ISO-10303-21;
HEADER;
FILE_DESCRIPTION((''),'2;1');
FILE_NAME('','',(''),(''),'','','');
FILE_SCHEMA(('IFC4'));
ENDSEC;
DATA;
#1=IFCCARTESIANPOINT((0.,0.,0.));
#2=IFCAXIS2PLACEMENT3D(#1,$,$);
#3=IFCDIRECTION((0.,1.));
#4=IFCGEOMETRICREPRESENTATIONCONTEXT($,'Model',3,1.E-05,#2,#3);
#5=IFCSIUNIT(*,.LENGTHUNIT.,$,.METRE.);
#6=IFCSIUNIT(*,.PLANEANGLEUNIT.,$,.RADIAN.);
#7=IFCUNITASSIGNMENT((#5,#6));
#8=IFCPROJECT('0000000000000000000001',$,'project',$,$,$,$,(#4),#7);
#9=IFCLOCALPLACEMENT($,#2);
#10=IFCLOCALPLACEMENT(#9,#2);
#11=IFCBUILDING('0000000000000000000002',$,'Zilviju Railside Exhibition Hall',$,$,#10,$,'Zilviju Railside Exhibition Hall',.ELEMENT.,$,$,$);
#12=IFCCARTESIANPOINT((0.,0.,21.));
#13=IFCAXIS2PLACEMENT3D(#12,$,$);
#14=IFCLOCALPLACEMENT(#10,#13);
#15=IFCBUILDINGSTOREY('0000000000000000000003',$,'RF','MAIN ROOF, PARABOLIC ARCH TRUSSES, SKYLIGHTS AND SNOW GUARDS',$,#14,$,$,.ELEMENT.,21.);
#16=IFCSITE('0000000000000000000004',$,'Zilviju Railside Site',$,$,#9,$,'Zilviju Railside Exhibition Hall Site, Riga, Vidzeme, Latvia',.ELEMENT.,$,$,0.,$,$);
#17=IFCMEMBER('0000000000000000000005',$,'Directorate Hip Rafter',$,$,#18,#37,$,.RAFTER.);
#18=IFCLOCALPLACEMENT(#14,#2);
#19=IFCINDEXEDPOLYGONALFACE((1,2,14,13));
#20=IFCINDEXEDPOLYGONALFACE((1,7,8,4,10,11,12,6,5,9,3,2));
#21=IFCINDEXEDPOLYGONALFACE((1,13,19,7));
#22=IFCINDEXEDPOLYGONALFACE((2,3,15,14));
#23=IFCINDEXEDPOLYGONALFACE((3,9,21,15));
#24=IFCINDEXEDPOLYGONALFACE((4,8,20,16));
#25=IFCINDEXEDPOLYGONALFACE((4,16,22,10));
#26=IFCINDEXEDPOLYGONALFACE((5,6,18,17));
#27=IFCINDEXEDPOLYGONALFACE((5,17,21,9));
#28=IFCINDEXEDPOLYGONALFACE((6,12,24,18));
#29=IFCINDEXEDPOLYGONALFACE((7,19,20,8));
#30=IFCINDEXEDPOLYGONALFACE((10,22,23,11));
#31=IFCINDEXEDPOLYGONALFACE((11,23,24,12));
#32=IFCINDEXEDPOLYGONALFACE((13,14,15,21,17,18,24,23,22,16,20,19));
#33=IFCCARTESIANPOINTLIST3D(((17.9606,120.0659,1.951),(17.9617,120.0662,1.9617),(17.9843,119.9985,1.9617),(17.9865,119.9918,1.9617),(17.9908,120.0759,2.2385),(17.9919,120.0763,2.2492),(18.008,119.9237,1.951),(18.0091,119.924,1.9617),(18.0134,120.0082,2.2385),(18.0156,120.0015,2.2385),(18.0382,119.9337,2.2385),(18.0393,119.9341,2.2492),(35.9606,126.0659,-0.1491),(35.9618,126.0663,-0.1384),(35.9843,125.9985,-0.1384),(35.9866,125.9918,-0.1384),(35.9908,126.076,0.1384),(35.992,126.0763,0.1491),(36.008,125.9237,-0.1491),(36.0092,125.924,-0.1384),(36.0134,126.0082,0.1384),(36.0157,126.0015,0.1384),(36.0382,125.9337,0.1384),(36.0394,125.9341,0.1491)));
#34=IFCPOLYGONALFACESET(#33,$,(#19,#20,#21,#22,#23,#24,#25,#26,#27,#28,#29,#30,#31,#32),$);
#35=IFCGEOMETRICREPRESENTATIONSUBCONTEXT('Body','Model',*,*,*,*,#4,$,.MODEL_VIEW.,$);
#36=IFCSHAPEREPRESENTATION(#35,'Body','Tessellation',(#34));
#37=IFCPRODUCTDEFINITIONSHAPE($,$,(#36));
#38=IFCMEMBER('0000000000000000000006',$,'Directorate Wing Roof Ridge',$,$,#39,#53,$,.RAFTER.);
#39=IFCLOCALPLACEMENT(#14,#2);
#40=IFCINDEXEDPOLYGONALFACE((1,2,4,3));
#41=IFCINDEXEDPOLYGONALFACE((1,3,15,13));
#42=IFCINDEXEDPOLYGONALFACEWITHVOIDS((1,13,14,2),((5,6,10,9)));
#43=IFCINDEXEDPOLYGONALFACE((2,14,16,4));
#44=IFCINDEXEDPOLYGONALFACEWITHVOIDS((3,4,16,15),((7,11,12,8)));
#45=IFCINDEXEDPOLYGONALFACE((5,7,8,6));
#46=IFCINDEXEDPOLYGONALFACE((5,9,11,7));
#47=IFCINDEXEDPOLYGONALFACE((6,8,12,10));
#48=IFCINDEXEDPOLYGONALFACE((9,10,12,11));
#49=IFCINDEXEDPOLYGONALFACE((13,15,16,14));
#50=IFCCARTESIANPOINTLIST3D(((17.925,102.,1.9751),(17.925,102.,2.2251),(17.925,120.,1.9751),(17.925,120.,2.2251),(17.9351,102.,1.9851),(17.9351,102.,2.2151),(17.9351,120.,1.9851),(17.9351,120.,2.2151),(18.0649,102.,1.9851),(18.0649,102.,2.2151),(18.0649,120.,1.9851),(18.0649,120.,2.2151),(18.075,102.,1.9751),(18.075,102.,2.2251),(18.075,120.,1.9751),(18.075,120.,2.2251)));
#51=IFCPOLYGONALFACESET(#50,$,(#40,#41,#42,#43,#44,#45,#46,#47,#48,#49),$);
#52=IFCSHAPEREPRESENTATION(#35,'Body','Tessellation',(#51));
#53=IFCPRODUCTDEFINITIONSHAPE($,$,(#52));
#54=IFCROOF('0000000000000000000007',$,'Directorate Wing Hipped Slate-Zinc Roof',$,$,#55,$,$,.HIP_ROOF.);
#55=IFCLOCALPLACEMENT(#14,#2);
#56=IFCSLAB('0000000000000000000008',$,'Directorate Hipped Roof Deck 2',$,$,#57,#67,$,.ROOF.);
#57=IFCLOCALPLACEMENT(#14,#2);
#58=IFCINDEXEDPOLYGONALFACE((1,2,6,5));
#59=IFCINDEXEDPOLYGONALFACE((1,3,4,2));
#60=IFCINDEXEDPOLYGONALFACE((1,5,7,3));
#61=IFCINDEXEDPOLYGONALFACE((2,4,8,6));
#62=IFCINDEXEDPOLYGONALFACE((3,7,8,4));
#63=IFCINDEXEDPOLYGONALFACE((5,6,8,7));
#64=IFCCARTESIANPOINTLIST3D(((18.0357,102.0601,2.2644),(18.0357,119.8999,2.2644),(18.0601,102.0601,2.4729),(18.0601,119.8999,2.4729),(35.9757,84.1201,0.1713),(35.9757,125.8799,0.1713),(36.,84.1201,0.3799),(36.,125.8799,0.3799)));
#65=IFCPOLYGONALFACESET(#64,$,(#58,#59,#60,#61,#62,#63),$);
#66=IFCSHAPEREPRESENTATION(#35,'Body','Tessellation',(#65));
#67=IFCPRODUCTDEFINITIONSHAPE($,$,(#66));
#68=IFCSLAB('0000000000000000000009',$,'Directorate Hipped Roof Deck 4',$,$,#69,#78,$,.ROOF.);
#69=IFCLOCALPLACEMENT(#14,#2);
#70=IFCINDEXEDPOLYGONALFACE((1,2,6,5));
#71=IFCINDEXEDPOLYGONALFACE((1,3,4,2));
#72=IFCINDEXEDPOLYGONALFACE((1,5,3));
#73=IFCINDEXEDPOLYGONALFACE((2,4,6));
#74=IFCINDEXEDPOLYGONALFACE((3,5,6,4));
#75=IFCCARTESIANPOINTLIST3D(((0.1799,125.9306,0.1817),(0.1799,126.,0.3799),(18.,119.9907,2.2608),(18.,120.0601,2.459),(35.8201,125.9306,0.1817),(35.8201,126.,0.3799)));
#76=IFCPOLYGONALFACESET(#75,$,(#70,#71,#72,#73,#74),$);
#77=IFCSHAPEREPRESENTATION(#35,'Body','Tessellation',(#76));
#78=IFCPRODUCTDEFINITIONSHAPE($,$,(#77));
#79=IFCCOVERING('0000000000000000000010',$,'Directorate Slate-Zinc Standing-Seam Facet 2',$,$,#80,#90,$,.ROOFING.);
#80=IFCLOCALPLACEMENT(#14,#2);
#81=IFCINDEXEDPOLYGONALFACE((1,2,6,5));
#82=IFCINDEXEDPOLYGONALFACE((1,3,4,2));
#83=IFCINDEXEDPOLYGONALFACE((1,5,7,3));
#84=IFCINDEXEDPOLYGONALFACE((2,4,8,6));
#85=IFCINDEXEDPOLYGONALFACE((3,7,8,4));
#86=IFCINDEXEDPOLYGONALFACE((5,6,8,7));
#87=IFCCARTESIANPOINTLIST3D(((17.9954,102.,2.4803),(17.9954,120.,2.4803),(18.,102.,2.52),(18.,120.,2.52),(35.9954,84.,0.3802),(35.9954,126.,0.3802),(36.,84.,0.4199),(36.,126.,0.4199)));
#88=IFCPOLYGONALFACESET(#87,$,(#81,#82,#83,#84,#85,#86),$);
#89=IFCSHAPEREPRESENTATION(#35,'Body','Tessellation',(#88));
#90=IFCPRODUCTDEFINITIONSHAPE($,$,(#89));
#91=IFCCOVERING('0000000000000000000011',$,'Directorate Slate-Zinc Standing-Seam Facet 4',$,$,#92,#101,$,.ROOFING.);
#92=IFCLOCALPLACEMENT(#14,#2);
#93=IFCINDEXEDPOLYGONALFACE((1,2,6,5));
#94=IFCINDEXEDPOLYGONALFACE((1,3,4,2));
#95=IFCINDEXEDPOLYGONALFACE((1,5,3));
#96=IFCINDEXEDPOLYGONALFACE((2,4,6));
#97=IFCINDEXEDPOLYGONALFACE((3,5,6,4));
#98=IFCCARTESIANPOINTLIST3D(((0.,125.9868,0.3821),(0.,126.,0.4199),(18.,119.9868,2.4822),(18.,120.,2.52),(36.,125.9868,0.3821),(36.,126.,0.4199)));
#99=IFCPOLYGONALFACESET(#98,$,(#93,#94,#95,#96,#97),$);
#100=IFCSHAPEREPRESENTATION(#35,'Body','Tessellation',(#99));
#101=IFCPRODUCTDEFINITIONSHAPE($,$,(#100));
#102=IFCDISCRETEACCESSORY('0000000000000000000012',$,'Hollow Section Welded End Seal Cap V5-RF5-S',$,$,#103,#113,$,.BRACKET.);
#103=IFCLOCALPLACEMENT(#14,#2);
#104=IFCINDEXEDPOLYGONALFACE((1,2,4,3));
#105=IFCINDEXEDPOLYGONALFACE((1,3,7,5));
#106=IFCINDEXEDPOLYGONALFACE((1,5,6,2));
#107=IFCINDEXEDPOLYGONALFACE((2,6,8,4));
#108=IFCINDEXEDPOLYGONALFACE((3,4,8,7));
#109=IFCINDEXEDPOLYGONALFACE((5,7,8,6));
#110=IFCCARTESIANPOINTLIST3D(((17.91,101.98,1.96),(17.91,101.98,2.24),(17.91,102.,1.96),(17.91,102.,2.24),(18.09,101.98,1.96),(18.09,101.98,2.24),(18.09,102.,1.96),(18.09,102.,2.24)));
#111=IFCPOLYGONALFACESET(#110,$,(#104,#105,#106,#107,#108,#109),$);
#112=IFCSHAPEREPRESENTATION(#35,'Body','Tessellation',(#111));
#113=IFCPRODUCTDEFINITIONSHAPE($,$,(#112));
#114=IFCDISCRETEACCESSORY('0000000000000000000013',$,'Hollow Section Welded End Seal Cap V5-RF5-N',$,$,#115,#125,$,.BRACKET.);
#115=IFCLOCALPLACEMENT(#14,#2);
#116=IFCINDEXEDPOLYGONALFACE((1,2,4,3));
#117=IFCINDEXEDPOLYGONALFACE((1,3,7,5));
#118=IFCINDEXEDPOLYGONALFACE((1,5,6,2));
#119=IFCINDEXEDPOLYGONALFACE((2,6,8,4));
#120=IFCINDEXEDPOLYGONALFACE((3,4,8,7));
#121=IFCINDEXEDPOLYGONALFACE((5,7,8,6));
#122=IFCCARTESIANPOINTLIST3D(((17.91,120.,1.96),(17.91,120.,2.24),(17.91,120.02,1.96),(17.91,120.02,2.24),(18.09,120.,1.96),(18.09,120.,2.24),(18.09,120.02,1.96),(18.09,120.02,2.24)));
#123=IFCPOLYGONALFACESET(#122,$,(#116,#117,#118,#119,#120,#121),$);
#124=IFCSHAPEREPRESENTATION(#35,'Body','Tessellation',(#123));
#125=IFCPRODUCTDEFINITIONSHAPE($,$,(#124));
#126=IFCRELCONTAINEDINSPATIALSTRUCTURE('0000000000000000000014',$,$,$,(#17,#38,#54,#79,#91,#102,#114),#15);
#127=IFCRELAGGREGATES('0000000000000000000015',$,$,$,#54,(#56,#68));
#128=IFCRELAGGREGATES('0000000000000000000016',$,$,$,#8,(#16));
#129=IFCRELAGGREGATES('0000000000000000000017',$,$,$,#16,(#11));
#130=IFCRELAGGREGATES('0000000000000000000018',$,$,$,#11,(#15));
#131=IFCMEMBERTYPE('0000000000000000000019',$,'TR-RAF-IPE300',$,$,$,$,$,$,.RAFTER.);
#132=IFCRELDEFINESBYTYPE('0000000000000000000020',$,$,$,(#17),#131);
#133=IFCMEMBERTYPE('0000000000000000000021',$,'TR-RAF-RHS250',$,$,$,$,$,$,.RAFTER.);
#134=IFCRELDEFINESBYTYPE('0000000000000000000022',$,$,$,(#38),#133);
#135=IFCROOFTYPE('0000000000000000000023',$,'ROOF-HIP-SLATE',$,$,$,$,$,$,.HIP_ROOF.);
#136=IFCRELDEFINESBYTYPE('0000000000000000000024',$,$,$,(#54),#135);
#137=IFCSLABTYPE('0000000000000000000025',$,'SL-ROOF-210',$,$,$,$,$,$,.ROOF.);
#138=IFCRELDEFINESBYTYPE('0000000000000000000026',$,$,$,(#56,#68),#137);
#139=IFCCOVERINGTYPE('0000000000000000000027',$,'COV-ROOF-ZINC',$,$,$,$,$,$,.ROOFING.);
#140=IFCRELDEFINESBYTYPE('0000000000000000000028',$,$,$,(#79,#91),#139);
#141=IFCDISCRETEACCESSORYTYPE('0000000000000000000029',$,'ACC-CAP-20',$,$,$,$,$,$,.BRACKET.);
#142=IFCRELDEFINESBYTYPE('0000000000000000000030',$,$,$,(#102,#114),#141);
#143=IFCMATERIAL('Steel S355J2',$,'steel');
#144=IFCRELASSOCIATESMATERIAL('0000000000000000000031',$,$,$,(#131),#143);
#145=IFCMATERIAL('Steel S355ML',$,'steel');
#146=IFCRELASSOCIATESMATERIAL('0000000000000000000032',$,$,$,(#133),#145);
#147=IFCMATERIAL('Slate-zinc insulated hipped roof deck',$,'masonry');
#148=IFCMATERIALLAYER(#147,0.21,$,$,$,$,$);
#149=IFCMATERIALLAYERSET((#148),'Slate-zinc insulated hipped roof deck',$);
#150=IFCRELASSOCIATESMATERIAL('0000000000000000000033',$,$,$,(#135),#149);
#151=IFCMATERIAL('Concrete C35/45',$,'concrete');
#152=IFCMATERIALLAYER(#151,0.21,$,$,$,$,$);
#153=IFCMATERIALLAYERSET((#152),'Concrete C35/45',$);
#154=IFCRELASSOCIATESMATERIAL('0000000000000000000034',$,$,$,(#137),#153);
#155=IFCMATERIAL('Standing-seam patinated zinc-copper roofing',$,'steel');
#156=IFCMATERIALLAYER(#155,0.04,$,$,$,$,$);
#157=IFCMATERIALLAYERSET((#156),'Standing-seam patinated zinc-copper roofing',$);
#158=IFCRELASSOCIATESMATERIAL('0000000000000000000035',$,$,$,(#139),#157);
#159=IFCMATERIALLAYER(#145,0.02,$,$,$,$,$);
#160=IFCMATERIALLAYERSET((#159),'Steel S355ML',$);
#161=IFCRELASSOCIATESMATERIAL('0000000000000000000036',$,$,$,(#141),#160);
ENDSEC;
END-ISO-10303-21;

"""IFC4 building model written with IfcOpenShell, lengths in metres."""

from ifc_helpers import new_model, si_unit, direction, frame, origin, origin_2d, place, context, subcontext, project, spatial, polyline, rectangle, hollow_rectangle, i_section, outline, extrude, material, layer, layer_set, material_profile, profile_set, type_object, element, aggregate, save


model = new_model("IFC4")

# Units and contexts
model_context = context("Model", 3, precision=1e-05, world=origin(), true_north=direction((0.0, 1.0)))
body_context = subcontext(model_context, "Body", "Model", "MODEL_VIEW")
ifc_project = project(units=[si_unit("LENGTHUNIT", "METRE"), si_unit("PLANEANGLEUNIT", "RADIAN")], contexts=[model_context])

# Site, building, storey
site_placement = place(None, origin())
site = spatial("IfcSite", under=ifc_project, at=site_placement, Name="Zilviju Railside Site", LongName="Zilviju Railside Exhibition Hall Site, Riga, Vidzeme, Latvia", CompositionType="ELEMENT", RefElevation=0.0)
building_placement = place(site_placement, origin())
building = spatial("IfcBuilding", under=site, at=building_placement, Name="Zilviju Railside Exhibition Hall", LongName="Zilviju Railside Exhibition Hall", CompositionType="ELEMENT")
storey_placement = place(building_placement, frame((0.0, 0.0, 21.0)))
storey = spatial("IfcBuildingStorey", under=building, at=storey_placement, Name="RF", Description="MAIN ROOF, PARABOLIC ARCH TRUSSES, SKYLIGHTS AND SNOW GUARDS", CompositionType="ELEMENT", Elevation=21.0)

# Shared definitions
ifc_material_1 = material(Name="Steel S355J2", Category="steel")

# Members
ifc_material_profile_1 = material_profile(ifc_material_1, i_section(OverallWidth=0.1499, OverallDepth=0.3, WebThickness=0.0071, FlangeThickness=0.0107, at=origin_2d()), Name="IPE 300")
ifc_profile_set_1 = profile_set([ifc_material_profile_1], Name="Steel S355J2")
member_type_1 = type_object("IfcMemberType", Name="TR-RAF-IPE300", PredefinedType="RAFTER", material=ifc_profile_set_1)
for number, where, z_axis, x_axis, name in (
    (1, (36.0, 126.0, 0.0), (-0.942925, -0.314308, 0.110013), (0.316228, -0.948683, 0.0), "Directorate Hip Rafter"),
):
    element("IfcMember", number, at=place(storey_placement, frame(where, z_axis=z_axis, x_axis=x_axis)), inside=storey, type_object=member_type_1, Name=name, PredefinedType="RAFTER", context=body_context, shape_type="SweptSolid", body=[
        extrude(i_section(OverallWidth=0.1499, OverallDepth=0.3, WebThickness=0.0071, FlangeThickness=0.0107, at=origin_2d()), origin(), (0.0, 0.0, 1.0), 19.0896),
    ])
ifc_material_2 = material(Name="Steel S355ML", Category="steel")
ifc_material_profile_2 = material_profile(ifc_material_2, hollow_rectangle(XDim=0.1499, YDim=0.25, WallThickness=0.01, at=origin_2d()), Name="RHS 250x150x10.0")
ifc_profile_set_2 = profile_set([ifc_material_profile_2], Name="Steel S355ML")
member_type_2 = type_object("IfcMemberType", Name="TR-RAF-RHS250", PredefinedType="RAFTER", material=ifc_profile_set_2)
member_1_placement = place(storey_placement, frame((18.0, 102.0, 2.1001), z_axis=(0.0, 1.0, 0.0), x_axis=(-1.0, 0.0, 0.0)))
element("IfcMember", 2, at=member_1_placement, inside=storey, type_object=member_type_2, Name="Directorate Wing Roof Ridge", PredefinedType="RAFTER", context=body_context, shape_type="SweptSolid", body=[
    extrude(hollow_rectangle(XDim=0.1499, YDim=0.25, WallThickness=0.01, at=origin_2d()), origin(), (0.0, 0.0, 1.0), 18.0),
])

# Roof, slabs
ifc_material_3 = material(Name="Slate-zinc insulated hipped roof deck", Category="masonry")
ifc_layer_1 = layer(ifc_material_3, 0.21)
ifc_layer_set_1 = layer_set([ifc_layer_1], Name="Slate-zinc insulated hipped roof deck")
roof_type = type_object("IfcRoofType", Name="ROOF-HIP-SLATE", PredefinedType="HIP_ROOF", material=ifc_layer_set_1)
roof_placement = place(storey_placement, origin())
roof = element("IfcRoof", 3, at=roof_placement, inside=storey, type_object=roof_type, Name="Directorate Wing Hipped Slate-Zinc Roof", PredefinedType="HIP_ROOF")
ifc_material_4 = material(Name="Concrete C35/45", Category="concrete")
ifc_layer_2 = layer(ifc_material_4, 0.21)
ifc_layer_set_2 = layer_set([ifc_layer_2], Name="Concrete C35/45")
slab_type = type_object("IfcSlabType", Name="SL-ROOF-210", PredefinedType="ROOF", material=ifc_layer_set_2)
slab_1_placement = place(storey_placement, frame((36.0, 125.8799, 0.3799), z_axis=(0.115882, 0.0, 0.993263), x_axis=(0.0, -1.0, 0.0)))
slab_1 = element("IfcSlab", 4, at=slab_1_placement, type_object=slab_type, Name="Directorate Hipped Roof Deck 2", PredefinedType="ROOF", context=body_context, shape_type="SweptSolid", body=[
    extrude(outline(polyline([(0.0, 0.0), (41.7598, 0.0), (23.8198, -18.0616), (5.98, -18.0616), (0.0, 0.0)])), origin(), (0.0, 0.0, -1.0), 0.21),
])
slab_2_placement = place(storey_placement, frame((35.8201, 126.0, 0.3799), z_axis=(0.0, 0.330368, 0.943852), x_axis=(-1.0, 0.0, 0.0)))
slab_2 = element("IfcSlab", 5, at=slab_2_placement, type_object=slab_type, Name="Directorate Hipped Roof Deck 4", PredefinedType="ROOF", context=body_context, shape_type="SweptSolid", body=[
    extrude(outline(polyline([(0.0, 0.0), (35.6401, 0.0), (17.8201, 6.2933), (0.0, 0.0)])), origin(), (0.0, 0.0, -1.0), 0.21),
])
aggregate(roof, [slab_1, slab_2])

# Coverings
ifc_material_5 = material(Name="Standing-seam patinated zinc-copper roofing", Category="steel")
ifc_layer_3 = layer(ifc_material_5, 0.04)
ifc_layer_set_3 = layer_set([ifc_layer_3], Name="Standing-seam patinated zinc-copper roofing")
covering_type = type_object("IfcCoveringType", Name="COV-ROOF-ZINC", PredefinedType="ROOFING", material=ifc_layer_set_3)
covering_1_placement = place(storey_placement, frame((36.0, 126.0, 0.4199), z_axis=(0.115886, 0.0, 0.993263), x_axis=(0.0, -1.0, 0.0)))
element("IfcCovering", 6, at=covering_1_placement, inside=storey, type_object=covering_type, Name="Directorate Slate-Zinc Standing-Seam Facet 2", PredefinedType="ROOFING", context=body_context, shape_type="SweptSolid", body=[
    extrude(outline(polyline([(0.0, 0.0), (42.0, 0.0), (24.0, -18.1221), (6.0, -18.1221), (0.0, 0.0)])), origin(), (0.0, 0.0, -1.0), 0.04),
])
covering_2_placement = place(storey_placement, frame((36.0, 126.0, 0.4199), z_axis=(0.0, 0.330364, 0.943854), x_axis=(-1.0, 0.0, 0.0)))
element("IfcCovering", 7, at=covering_2_placement, inside=storey, type_object=covering_type, Name="Directorate Slate-Zinc Standing-Seam Facet 4", PredefinedType="ROOFING", context=body_context, shape_type="SweptSolid", body=[
    extrude(outline(polyline([(0.0, 0.0), (36.0, 0.0), (18.0, 6.3569), (0.0, 0.0)])), origin(), (0.0, 0.0, -1.0), 0.04),
])

# Discrete accessories
ifc_layer_4 = layer(ifc_material_2, 0.02)
ifc_layer_set_4 = layer_set([ifc_layer_4], Name="Steel S355ML")
discrete_accessory_type = type_object("IfcDiscreteAccessoryType", Name="ACC-CAP-20", PredefinedType="BRACKET", material=ifc_layer_set_4)
for number, where, z_axis, x_axis, name in (
    (8, (18.0, 101.99, 1.96), (0.0, 0.0, 1.0), (1.0, 0.0, 0.0), "Hollow Section Welded End Seal Cap V5-RF5-S"),
    (9, (18.0, 120.01, 1.96), (0.0, 0.0, 1.0), (1.0, 0.0, 0.0), "Hollow Section Welded End Seal Cap V5-RF5-N"),
):
    element("IfcDiscreteAccessory", number, at=place(storey_placement, frame(where, z_axis=z_axis, x_axis=x_axis)), inside=storey, type_object=discrete_accessory_type, Name=name, PredefinedType="BRACKET", context=body_context, shape_type="SweptSolid", body=[
        extrude(rectangle(XDim=0.1799, YDim=0.02, at=origin_2d()), origin(), (0.0, 0.0, 1.0), 0.28),
    ])

save(model, "model.ifc")
